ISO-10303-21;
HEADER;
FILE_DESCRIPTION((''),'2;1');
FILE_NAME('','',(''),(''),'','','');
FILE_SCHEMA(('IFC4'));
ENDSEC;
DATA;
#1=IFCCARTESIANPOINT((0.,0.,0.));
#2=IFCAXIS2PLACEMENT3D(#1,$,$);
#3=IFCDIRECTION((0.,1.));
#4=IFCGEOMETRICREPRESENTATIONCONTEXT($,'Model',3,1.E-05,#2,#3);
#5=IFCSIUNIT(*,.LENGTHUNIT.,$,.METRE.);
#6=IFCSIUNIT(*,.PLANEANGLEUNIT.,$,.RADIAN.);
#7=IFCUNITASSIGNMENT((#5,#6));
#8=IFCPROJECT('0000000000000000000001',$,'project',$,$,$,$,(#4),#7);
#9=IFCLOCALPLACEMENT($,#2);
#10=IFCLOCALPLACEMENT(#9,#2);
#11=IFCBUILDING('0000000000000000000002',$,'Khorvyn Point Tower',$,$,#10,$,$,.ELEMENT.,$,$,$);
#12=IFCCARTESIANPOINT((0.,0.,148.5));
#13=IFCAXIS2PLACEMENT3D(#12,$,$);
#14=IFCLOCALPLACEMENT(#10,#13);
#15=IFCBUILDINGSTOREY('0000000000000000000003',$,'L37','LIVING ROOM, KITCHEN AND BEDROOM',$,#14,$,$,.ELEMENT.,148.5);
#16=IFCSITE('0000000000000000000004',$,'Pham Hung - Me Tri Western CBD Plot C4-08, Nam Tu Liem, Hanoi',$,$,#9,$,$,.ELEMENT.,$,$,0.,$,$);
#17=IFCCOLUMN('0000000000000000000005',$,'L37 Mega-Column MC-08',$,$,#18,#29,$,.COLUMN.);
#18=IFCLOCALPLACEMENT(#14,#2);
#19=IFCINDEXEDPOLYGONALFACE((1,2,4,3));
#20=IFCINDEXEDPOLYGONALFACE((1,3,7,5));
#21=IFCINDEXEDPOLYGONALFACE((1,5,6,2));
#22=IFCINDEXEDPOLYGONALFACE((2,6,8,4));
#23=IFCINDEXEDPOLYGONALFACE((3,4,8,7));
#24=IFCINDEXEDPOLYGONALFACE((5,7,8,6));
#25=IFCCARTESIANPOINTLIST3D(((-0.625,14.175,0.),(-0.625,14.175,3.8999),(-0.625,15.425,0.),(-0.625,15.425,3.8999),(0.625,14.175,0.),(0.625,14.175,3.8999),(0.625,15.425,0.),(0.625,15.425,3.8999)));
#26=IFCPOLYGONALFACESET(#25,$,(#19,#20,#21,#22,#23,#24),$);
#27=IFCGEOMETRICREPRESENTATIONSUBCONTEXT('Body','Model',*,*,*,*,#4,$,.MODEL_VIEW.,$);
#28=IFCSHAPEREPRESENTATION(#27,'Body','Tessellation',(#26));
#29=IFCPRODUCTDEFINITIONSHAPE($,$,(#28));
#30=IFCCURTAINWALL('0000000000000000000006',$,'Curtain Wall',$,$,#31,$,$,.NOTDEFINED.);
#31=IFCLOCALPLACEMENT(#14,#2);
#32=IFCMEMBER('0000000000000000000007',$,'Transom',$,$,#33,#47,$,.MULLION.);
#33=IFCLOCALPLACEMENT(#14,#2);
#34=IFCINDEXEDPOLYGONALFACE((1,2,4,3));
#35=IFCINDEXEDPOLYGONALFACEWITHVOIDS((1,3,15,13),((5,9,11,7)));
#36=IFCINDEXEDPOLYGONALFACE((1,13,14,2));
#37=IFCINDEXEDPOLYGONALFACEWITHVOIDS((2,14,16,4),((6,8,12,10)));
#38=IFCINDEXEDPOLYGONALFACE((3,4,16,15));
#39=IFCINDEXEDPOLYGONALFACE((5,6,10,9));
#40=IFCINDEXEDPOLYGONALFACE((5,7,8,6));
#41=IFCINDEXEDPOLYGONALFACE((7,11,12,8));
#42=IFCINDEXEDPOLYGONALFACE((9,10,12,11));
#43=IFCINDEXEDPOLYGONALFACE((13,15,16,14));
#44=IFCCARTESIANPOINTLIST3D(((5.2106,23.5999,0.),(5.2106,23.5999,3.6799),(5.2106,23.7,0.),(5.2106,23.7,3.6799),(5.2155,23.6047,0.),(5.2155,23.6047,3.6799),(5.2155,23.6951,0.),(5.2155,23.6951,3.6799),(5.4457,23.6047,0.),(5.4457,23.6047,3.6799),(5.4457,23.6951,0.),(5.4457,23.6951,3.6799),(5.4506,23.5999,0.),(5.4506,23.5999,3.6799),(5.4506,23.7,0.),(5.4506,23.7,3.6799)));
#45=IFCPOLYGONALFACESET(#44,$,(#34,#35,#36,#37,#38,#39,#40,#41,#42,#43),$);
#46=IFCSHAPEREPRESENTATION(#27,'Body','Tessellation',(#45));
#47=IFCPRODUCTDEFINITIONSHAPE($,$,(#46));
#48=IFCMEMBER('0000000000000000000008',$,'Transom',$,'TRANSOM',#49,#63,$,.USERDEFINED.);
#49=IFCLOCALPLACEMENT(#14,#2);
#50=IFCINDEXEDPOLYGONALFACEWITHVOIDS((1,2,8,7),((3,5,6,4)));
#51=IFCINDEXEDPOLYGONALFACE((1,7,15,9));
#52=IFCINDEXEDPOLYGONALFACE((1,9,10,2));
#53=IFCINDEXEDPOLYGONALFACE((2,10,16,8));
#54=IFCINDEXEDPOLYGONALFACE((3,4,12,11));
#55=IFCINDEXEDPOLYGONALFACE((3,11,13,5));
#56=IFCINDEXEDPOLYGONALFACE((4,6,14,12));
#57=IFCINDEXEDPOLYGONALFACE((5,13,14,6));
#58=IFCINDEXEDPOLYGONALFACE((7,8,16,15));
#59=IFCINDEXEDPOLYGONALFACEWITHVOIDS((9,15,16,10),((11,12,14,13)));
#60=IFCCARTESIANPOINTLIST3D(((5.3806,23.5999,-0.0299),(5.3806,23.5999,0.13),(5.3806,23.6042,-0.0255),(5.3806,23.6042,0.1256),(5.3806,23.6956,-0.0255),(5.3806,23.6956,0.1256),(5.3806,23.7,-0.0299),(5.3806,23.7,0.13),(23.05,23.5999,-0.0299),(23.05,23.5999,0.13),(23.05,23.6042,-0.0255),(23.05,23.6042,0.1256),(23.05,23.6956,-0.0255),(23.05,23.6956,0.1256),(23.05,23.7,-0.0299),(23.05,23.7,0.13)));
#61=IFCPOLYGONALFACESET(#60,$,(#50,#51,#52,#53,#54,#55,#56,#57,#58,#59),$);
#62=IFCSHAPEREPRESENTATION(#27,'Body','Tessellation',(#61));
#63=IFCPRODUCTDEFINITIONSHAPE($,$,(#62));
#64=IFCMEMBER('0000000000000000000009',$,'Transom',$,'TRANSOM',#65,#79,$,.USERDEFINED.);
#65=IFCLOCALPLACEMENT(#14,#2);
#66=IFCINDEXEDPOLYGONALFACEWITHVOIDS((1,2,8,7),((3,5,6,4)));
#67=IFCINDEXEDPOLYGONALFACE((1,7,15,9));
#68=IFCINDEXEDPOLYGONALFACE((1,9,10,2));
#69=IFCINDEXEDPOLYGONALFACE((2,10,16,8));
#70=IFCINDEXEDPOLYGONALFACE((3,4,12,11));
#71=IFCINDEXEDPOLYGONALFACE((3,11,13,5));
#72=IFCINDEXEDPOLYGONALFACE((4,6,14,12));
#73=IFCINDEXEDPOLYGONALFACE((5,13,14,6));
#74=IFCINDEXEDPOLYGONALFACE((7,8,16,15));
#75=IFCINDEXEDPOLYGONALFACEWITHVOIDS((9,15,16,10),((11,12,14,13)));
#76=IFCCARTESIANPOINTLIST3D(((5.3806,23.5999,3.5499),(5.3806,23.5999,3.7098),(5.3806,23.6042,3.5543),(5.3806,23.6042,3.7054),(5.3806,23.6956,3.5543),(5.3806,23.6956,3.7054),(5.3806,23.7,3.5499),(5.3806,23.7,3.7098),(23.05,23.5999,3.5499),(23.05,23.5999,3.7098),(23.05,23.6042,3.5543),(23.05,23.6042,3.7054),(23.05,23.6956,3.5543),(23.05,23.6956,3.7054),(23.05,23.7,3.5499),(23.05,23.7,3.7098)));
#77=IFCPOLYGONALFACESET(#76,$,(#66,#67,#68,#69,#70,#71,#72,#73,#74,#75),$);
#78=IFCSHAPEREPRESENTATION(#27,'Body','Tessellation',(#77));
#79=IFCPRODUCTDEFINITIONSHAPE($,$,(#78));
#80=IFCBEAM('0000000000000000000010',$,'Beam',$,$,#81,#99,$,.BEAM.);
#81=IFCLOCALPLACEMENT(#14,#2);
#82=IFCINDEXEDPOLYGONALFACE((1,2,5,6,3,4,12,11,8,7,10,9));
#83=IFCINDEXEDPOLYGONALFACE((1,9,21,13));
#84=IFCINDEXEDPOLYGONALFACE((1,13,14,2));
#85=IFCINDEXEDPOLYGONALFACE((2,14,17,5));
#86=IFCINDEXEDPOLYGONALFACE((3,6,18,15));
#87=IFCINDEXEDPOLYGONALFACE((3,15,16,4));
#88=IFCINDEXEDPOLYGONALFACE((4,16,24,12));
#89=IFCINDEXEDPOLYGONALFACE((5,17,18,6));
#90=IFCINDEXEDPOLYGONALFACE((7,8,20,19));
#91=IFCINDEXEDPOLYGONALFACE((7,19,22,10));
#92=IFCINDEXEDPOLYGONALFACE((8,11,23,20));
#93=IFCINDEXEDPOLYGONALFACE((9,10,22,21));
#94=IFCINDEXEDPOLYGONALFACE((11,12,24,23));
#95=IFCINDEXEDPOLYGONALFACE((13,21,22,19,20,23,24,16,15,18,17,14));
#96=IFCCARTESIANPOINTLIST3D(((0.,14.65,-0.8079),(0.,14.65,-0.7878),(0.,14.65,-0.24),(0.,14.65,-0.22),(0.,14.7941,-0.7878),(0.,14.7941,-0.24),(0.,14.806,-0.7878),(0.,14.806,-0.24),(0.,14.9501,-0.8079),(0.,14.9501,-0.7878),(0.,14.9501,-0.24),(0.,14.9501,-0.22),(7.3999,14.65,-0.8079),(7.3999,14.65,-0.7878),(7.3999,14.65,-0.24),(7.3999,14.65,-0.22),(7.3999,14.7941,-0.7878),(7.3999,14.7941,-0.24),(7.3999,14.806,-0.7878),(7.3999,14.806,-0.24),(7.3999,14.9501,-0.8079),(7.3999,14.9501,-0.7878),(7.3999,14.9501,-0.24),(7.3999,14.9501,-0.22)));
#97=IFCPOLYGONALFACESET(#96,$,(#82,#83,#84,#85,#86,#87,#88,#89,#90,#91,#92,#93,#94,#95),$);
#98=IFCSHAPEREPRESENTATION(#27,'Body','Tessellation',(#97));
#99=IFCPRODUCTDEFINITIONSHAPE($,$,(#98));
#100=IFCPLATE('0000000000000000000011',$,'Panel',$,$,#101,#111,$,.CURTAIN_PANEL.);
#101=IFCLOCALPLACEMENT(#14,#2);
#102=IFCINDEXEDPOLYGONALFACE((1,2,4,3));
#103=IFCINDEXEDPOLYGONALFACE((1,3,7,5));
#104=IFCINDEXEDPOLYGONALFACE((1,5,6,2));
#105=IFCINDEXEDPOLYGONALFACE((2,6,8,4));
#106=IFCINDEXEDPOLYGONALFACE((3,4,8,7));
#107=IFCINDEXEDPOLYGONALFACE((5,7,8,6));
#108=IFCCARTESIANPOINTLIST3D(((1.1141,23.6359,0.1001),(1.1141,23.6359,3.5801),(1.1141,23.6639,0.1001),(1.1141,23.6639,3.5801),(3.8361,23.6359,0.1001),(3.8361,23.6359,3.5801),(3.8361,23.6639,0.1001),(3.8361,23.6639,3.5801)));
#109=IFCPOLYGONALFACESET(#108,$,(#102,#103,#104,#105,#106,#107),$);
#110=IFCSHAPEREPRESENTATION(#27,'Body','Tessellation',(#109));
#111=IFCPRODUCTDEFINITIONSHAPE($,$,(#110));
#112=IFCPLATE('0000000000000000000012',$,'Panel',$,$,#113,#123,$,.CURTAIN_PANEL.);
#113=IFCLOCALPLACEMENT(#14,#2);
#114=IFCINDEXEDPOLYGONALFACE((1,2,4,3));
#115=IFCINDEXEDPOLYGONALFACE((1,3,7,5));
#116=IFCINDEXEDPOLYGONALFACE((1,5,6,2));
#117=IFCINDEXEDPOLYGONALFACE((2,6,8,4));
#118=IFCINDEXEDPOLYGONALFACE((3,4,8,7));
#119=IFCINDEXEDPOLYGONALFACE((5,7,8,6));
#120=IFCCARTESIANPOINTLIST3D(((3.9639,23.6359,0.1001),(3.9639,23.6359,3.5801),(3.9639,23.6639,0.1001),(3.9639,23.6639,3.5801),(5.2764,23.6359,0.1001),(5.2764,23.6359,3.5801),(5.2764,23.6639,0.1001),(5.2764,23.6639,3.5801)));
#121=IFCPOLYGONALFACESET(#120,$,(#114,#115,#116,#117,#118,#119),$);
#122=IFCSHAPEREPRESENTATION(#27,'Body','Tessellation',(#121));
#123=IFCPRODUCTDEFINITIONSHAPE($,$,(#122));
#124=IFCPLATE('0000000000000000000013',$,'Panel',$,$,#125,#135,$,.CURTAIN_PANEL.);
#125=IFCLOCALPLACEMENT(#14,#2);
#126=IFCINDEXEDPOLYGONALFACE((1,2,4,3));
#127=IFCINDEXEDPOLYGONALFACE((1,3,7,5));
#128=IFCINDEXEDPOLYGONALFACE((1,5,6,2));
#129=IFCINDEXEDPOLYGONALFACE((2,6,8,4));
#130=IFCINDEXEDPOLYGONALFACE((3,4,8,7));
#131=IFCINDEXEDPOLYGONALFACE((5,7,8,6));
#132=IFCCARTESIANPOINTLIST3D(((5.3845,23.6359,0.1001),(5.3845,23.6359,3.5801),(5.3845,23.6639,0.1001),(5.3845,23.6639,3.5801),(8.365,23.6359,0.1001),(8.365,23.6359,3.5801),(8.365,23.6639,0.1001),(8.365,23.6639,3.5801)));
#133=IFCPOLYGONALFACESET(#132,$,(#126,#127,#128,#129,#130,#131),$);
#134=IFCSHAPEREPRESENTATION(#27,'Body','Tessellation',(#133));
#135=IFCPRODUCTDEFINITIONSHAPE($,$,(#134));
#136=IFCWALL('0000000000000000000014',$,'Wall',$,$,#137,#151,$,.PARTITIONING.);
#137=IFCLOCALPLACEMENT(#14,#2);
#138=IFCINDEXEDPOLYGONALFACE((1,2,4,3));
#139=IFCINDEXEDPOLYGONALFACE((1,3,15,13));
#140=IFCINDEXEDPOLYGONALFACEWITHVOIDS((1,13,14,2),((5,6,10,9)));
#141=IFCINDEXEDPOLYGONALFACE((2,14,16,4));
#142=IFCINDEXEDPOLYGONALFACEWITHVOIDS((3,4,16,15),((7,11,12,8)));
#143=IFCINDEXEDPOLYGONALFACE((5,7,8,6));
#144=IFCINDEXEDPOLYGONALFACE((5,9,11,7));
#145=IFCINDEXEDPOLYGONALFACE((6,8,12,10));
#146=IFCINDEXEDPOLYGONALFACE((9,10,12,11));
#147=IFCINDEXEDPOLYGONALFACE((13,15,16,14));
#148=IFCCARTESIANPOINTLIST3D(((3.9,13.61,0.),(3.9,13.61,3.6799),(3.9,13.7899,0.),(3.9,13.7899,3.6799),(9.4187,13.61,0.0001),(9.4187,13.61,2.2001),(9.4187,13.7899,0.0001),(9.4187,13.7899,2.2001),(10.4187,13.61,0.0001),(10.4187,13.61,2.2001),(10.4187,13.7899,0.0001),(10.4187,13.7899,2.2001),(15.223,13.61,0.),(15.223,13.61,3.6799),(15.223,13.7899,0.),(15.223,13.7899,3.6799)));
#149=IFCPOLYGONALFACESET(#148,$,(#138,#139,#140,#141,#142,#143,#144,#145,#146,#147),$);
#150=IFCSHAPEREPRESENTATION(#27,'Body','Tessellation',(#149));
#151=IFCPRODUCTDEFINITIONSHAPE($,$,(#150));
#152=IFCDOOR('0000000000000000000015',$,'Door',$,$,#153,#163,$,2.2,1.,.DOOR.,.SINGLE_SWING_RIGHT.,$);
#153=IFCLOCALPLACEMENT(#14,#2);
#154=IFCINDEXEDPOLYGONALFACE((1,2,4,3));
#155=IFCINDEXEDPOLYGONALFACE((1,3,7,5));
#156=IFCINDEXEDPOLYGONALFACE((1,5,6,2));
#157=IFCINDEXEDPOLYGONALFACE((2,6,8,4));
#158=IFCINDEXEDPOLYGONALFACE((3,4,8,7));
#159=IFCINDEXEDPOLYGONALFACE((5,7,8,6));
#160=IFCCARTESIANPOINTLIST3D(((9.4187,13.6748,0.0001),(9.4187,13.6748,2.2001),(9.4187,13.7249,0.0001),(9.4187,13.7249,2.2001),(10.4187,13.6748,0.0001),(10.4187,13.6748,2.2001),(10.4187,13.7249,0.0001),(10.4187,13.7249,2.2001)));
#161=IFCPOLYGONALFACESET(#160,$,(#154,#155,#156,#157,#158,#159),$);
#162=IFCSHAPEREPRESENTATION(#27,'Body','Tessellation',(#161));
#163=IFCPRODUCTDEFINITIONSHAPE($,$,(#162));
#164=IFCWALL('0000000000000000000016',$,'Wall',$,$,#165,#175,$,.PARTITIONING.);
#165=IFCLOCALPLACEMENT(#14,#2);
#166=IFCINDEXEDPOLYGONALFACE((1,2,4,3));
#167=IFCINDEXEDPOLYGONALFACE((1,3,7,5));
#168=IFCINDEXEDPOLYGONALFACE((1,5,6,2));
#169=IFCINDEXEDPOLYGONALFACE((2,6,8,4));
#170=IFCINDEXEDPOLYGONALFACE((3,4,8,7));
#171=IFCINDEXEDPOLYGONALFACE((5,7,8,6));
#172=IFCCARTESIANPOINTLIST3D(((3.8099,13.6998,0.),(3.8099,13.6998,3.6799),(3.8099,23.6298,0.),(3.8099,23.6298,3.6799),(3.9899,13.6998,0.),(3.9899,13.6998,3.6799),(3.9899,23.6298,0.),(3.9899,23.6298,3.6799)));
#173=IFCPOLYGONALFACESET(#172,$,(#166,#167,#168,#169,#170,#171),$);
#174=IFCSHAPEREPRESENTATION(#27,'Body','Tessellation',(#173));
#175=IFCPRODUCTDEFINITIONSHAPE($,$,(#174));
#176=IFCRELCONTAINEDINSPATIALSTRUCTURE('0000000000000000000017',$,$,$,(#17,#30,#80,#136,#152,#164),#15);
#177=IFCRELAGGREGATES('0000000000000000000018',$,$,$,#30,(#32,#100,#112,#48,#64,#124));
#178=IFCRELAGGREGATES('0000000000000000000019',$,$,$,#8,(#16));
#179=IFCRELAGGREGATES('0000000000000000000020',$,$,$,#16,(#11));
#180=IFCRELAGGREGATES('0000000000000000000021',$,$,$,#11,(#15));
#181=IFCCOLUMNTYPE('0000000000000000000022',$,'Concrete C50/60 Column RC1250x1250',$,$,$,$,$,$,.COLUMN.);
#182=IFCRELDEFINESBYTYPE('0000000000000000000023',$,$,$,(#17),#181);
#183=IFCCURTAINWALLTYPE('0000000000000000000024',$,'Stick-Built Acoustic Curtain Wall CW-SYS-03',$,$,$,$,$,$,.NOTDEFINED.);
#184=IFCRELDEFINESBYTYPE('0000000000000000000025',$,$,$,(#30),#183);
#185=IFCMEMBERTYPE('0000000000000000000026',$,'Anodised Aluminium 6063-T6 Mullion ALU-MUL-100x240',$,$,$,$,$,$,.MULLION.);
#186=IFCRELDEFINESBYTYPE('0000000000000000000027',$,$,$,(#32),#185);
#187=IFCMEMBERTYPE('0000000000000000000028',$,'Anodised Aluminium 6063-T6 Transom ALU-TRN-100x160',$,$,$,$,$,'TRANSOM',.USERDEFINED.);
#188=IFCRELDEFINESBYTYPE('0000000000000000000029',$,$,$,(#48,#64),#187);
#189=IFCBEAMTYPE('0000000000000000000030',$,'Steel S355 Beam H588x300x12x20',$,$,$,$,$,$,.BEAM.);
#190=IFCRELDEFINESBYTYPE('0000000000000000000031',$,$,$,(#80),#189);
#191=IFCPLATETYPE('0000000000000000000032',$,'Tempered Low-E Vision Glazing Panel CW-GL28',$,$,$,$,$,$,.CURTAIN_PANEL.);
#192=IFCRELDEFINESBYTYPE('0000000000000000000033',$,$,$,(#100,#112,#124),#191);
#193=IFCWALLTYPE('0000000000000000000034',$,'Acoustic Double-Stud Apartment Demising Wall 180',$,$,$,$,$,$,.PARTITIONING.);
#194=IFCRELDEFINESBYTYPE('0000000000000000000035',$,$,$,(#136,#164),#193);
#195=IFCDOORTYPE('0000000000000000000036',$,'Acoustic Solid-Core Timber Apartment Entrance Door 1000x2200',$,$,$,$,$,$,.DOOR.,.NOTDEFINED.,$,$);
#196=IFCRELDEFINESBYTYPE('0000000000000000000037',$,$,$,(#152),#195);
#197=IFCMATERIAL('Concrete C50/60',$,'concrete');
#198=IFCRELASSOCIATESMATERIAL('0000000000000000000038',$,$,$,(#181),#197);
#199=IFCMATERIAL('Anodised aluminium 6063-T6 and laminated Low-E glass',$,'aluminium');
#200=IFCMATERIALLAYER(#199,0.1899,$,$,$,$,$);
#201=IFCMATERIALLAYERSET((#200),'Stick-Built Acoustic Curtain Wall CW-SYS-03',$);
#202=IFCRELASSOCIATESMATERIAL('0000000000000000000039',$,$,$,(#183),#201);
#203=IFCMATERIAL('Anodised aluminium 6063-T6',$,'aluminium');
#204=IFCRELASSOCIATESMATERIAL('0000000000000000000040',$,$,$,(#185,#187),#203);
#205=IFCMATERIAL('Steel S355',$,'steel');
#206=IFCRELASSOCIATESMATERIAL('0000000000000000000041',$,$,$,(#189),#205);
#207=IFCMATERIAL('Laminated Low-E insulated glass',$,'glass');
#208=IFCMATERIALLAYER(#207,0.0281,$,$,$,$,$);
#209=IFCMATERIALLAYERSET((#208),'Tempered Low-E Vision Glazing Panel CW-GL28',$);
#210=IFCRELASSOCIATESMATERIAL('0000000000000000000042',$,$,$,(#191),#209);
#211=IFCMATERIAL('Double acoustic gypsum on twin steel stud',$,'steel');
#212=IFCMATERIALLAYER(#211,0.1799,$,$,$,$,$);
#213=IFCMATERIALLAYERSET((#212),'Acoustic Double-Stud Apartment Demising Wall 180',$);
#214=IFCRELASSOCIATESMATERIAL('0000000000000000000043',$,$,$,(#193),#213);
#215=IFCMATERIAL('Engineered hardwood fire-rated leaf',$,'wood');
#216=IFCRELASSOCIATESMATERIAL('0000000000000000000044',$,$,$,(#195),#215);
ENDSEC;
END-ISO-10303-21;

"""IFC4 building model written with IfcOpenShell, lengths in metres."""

from ifc_helpers import new_model, si_unit, direction, frame, frame_2d, origin, origin_2d, place, context, subcontext, project, spatial, rectangle, hollow_rectangle, i_section, extrude, material, layer, layer_set, material_profile, profile_set, type_object, element, fill, aggregate, save


model = new_model("IFC4")

# Units and contexts
model_context = context("Model", 3, precision=1e-05, world=origin(), true_north=direction((0.0, 1.0)))
body_context = subcontext(model_context, "Body", "Model", "MODEL_VIEW")
ifc_project = project(units=[si_unit("LENGTHUNIT", "METRE"), si_unit("PLANEANGLEUNIT", "RADIAN")], contexts=[model_context])

# Site, building, storey
site_placement = place(None, origin())
site = spatial("IfcSite", under=ifc_project, at=site_placement, Name="Pham Hung - Me Tri Western CBD Plot C4-08, Nam Tu Liem, Hanoi", CompositionType="ELEMENT", RefElevation=0.0)
building_placement = place(site_placement, origin())
building = spatial("IfcBuilding", under=site, at=building_placement, Name="Khorvyn Point Tower", CompositionType="ELEMENT")
storey_placement = place(building_placement, frame((0.0, 0.0, 148.5)))
storey = spatial("IfcBuildingStorey", under=building, at=storey_placement, Name="L37", Description="LIVING ROOM, KITCHEN AND BEDROOM", CompositionType="ELEMENT", Elevation=148.5)

# Column
ifc_material_1 = material(Name="Concrete C50/60", Category="concrete")
ifc_material_profile_1 = material_profile(ifc_material_1, rectangle(XDim=1.25, YDim=1.25, at=origin_2d()))
ifc_profile_set_1 = profile_set([ifc_material_profile_1], Name="Concrete C50/60 RC1250x1250")
column_type = type_object("IfcColumnType", Name="Concrete C50/60 Column RC1250x1250", PredefinedType="COLUMN", material=ifc_profile_set_1)
column_placement = place(storey_placement, frame((0.0, 14.8, 0.0), z_axis=(0.0, 0.0, 1.0), x_axis=(1.0, 0.0, 0.0)))
element("IfcColumn", 1, at=column_placement, inside=storey, type_object=column_type, Name="L37 Mega-Column MC-08", PredefinedType="COLUMN", context=body_context, shape_type="SweptSolid", body=[
    extrude(rectangle(XDim=1.25, YDim=1.25, at=origin_2d()), origin(), (0.0, 0.0, 1.0), 3.8999),
])

# Curtain wall, members
ifc_material_2 = material(Name="Anodised aluminium 6063-T6 and laminated Low-E glass", Category="aluminium")
ifc_layer_1 = layer(ifc_material_2, 0.1899)
ifc_layer_set_1 = layer_set([ifc_layer_1], Name="Stick-Built Acoustic Curtain Wall CW-SYS-03")
curtain_wall_type = type_object("IfcCurtainWallType", Name="Stick-Built Acoustic Curtain Wall CW-SYS-03", PredefinedType="NOTDEFINED", material=ifc_layer_set_1)
curtain_wall_placement = place(storey_placement, origin())
curtain_wall = element("IfcCurtainWall", 2, at=curtain_wall_placement, inside=storey, type_object=curtain_wall_type, Name="Curtain Wall", PredefinedType="NOTDEFINED")
ifc_material_3 = material(Name="Anodised aluminium 6063-T6", Category="aluminium")
ifc_material_profile_2 = material_profile(ifc_material_3, hollow_rectangle(XDim=0.1001, YDim=0.24, WallThickness=0.0049, at=origin_2d()))
ifc_profile_set_2 = profile_set([ifc_material_profile_2], Name="Anodised aluminium 6063-T6 ALU-MUL-100x240")
member_type_1 = type_object("IfcMemberType", Name="Anodised Aluminium 6063-T6 Mullion ALU-MUL-100x240", PredefinedType="MULLION", material=ifc_profile_set_2)
member_1_placement = place(storey_placement, frame((5.3306, 23.6499, 0.0), z_axis=(0.0, 0.0, 1.0), x_axis=(0.0, 1.0, 0.0)))
member_1 = element("IfcMember", 3, at=member_1_placement, type_object=member_type_1, Name="Transom", PredefinedType="MULLION", context=body_context, shape_type="SweptSolid", body=[
    extrude(hollow_rectangle(XDim=0.1001, YDim=0.24, WallThickness=0.0049, at=origin_2d()), origin(), (0.0, 0.0, 1.0), 3.6799),
])
ifc_material_profile_3 = material_profile(ifc_material_3, hollow_rectangle(XDim=0.1001, YDim=0.1599, WallThickness=0.0044, at=origin_2d()))
ifc_profile_set_3 = profile_set([ifc_material_profile_3], Name="Anodised aluminium 6063-T6 ALU-TRN-100x160")
member_type_2 = type_object("IfcMemberType", Name="Anodised Aluminium 6063-T6 Transom ALU-TRN-100x160", ElementType="TRANSOM", PredefinedType="USERDEFINED", material=ifc_profile_set_3)
member_2_placement = place(storey_placement, frame((5.3806, 23.6499, 0.05), z_axis=(1.0, 0.0, 0.0), x_axis=(0.0, 1.0, 0.0)))
member_2 = element("IfcMember", 4, at=member_2_placement, type_object=member_type_2, Name="Transom", ObjectType="TRANSOM", PredefinedType="USERDEFINED", context=body_context, shape_type="SweptSolid", body=[
    extrude(hollow_rectangle(XDim=0.1001, YDim=0.1599, WallThickness=0.0044, at=origin_2d()), origin(), (0.0, 0.0, 1.0), 17.6694),
])
member_3_placement = place(storey_placement, frame((5.3806, 23.6499, 3.6299), z_axis=(1.0, 0.0, 0.0), x_axis=(0.0, 1.0, 0.0)))
member_3 = element("IfcMember", 5, at=member_3_placement, type_object=member_type_2, Name="Transom", ObjectType="TRANSOM", PredefinedType="USERDEFINED", context=body_context, shape_type="SweptSolid", body=[
    extrude(hollow_rectangle(XDim=0.1001, YDim=0.1599, WallThickness=0.0044, at=origin_2d()), origin(), (0.0, 0.0, 1.0), 17.6694),
])

# Beam
ifc_material_4 = material(Name="Steel S355", Category="steel")
ifc_material_profile_4 = material_profile(ifc_material_4, i_section(OverallWidth=0.3, OverallDepth=0.5879, WebThickness=0.012, FlangeThickness=0.02, at=origin_2d()))
ifc_profile_set_4 = profile_set([ifc_material_profile_4], Name="Steel S355 H588x300x12x20")
beam_type = type_object("IfcBeamType", Name="Steel S355 Beam H588x300x12x20", PredefinedType="BEAM", material=ifc_profile_set_4)
beam_placement = place(storey_placement, frame((0.0, 14.8, -0.5139), z_axis=(1.0, 0.0, 0.0), x_axis=(0.0, 1.0, 0.0)))
element("IfcBeam", 6, at=beam_placement, inside=storey, type_object=beam_type, Name="Beam", PredefinedType="BEAM", context=body_context, shape_type="SweptSolid", body=[
    extrude(i_section(OverallWidth=0.3, OverallDepth=0.5879, WebThickness=0.012, FlangeThickness=0.02, at=origin_2d()), origin(), (0.0, 0.0, 1.0), 7.3999),
])

# Plates
ifc_material_5 = material(Name="Laminated Low-E insulated glass", Category="glass")
ifc_layer_2 = layer(ifc_material_5, 0.0281)
ifc_layer_set_2 = layer_set([ifc_layer_2], Name="Tempered Low-E Vision Glazing Panel CW-GL28")
plate_type = type_object("IfcPlateType", Name="Tempered Low-E Vision Glazing Panel CW-GL28", PredefinedType="CURTAIN_PANEL", material=ifc_layer_set_2)
plate_1_placement = place(storey_placement, frame((2.4751, 23.6499, 0.1001), z_axis=(0.0, 0.0, 1.0), x_axis=(1.0, 0.0, 0.0)))
plate_1 = element("IfcPlate", 7, at=plate_1_placement, type_object=plate_type, Name="Panel", PredefinedType="CURTAIN_PANEL", context=body_context, shape_type="SweptSolid", body=[
    extrude(rectangle(XDim=2.7219, YDim=0.0281, at=origin_2d()), origin(), (0.0, 0.0, 1.0), 3.48),
])
plate_2_placement = place(storey_placement, frame((4.6201, 23.6499, 0.1001), z_axis=(0.0, 0.0, 1.0), x_axis=(1.0, 0.0, 0.0)))
plate_2 = element("IfcPlate", 8, at=plate_2_placement, type_object=plate_type, Name="Panel", PredefinedType="CURTAIN_PANEL", context=body_context, shape_type="SweptSolid", body=[
    extrude(rectangle(XDim=1.3125, YDim=0.0281, at=origin_2d()), origin(), (0.0, 0.0, 1.0), 3.48),
])
plate_3_placement = place(storey_placement, frame((6.8748, 23.6499, 0.1001), z_axis=(0.0, 0.0, 1.0), x_axis=(1.0, 0.0, 0.0)))
plate_3 = element("IfcPlate", 9, at=plate_3_placement, type_object=plate_type, Name="Panel", PredefinedType="CURTAIN_PANEL", context=body_context, shape_type="SweptSolid", body=[
    extrude(rectangle(XDim=2.9805, YDim=0.0281, at=origin_2d()), origin(), (0.0, 0.0, 1.0), 3.48),
])
aggregate(curtain_wall, [member_1, plate_1, plate_2, member_2, member_3, plate_3])

# Wall, opening, door
ifc_material_6 = material(Name="Double acoustic gypsum on twin steel stud", Category="steel")
ifc_layer_3 = layer(ifc_material_6, 0.1799)
ifc_layer_set_3 = layer_set([ifc_layer_3], Name="Acoustic Double-Stud Apartment Demising Wall 180")
wall_type_1 = type_object("IfcWallType", Name="Acoustic Double-Stud Apartment Demising Wall 180", PredefinedType="PARTITIONING", material=ifc_layer_set_3)
wall_1_placement = place(storey_placement, frame((3.8999, 13.7, 0.0), z_axis=(0.0, 0.0, 1.0), x_axis=(1.0, 0.0, 0.0)))
wall_1 = element("IfcWall", 10, at=wall_1_placement, inside=storey, type_object=wall_type_1, Name="Wall", PredefinedType="PARTITIONING", context=body_context, shape_type="SweptSolid", body=[
    extrude(rectangle(XDim=11.323, YDim=0.1799, at=frame_2d((5.6616, 0.0))), origin(), (0.0, 0.0, 1.0), 3.6799),
])
opening_1_placement = place(wall_1_placement, frame((5.5188, 0.0, 0.0)))
opening_1 = element("IfcOpeningElement", 11, at=opening_1_placement, cuts=wall_1, PredefinedType="OPENING", context=body_context, shape_type="SweptSolid", body=[
    extrude(rectangle(XDim=1.0, YDim=2.2, at=frame_2d((0.5, 1.1001))), frame((0.0, 0.0999, 0.0), z_axis=(0.0, -1.0, 0.0), x_axis=(1.0, 0.0, 0.0)), (0.0, 0.0, 1.0), 0.2),
])
ifc_material_7 = material(Name="Engineered hardwood fire-rated leaf", Category="wood")
door_type_1 = type_object("IfcDoorType", Name="Acoustic Solid-Core Timber Apartment Entrance Door 1000x2200", OperationType="NOTDEFINED", PredefinedType="DOOR", material=ifc_material_7)
door_1_placement = place(opening_1_placement, origin())
door_1 = element("IfcDoor", 12, at=door_1_placement, inside=storey, type_object=door_type_1, Name="Door", OperationType="SINGLE_SWING_RIGHT", OverallHeight=2.2, OverallWidth=1.0, PredefinedType="DOOR", context=body_context, shape_type="SweptSolid", body=[
    extrude(rectangle(XDim=1.0, YDim=2.2, at=frame_2d((0.5, 1.1001))), frame((0.0, 0.0249, 0.0), z_axis=(0.0, -1.0, 0.0), x_axis=(1.0, 0.0, 0.0)), (0.0, 0.0, 1.0), 0.05),
])
fill(opening_1, door_1)

# Wall
wall_2_placement = place(storey_placement, frame((3.8999, 13.7, 0.0), z_axis=(0.0, 0.0, 1.0), x_axis=(0.0, 1.0, 0.0)))
element("IfcWall", 13, at=wall_2_placement, inside=storey, type_object=wall_type_1, Name="Wall", PredefinedType="PARTITIONING", context=body_context, shape_type="SweptSolid", body=[
    extrude(rectangle(XDim=9.9299, YDim=0.1799, at=frame_2d((4.9648, 0.0))), origin(), (0.0, 0.0, 1.0), 3.6799),
])

save(model, "model.ifc")
